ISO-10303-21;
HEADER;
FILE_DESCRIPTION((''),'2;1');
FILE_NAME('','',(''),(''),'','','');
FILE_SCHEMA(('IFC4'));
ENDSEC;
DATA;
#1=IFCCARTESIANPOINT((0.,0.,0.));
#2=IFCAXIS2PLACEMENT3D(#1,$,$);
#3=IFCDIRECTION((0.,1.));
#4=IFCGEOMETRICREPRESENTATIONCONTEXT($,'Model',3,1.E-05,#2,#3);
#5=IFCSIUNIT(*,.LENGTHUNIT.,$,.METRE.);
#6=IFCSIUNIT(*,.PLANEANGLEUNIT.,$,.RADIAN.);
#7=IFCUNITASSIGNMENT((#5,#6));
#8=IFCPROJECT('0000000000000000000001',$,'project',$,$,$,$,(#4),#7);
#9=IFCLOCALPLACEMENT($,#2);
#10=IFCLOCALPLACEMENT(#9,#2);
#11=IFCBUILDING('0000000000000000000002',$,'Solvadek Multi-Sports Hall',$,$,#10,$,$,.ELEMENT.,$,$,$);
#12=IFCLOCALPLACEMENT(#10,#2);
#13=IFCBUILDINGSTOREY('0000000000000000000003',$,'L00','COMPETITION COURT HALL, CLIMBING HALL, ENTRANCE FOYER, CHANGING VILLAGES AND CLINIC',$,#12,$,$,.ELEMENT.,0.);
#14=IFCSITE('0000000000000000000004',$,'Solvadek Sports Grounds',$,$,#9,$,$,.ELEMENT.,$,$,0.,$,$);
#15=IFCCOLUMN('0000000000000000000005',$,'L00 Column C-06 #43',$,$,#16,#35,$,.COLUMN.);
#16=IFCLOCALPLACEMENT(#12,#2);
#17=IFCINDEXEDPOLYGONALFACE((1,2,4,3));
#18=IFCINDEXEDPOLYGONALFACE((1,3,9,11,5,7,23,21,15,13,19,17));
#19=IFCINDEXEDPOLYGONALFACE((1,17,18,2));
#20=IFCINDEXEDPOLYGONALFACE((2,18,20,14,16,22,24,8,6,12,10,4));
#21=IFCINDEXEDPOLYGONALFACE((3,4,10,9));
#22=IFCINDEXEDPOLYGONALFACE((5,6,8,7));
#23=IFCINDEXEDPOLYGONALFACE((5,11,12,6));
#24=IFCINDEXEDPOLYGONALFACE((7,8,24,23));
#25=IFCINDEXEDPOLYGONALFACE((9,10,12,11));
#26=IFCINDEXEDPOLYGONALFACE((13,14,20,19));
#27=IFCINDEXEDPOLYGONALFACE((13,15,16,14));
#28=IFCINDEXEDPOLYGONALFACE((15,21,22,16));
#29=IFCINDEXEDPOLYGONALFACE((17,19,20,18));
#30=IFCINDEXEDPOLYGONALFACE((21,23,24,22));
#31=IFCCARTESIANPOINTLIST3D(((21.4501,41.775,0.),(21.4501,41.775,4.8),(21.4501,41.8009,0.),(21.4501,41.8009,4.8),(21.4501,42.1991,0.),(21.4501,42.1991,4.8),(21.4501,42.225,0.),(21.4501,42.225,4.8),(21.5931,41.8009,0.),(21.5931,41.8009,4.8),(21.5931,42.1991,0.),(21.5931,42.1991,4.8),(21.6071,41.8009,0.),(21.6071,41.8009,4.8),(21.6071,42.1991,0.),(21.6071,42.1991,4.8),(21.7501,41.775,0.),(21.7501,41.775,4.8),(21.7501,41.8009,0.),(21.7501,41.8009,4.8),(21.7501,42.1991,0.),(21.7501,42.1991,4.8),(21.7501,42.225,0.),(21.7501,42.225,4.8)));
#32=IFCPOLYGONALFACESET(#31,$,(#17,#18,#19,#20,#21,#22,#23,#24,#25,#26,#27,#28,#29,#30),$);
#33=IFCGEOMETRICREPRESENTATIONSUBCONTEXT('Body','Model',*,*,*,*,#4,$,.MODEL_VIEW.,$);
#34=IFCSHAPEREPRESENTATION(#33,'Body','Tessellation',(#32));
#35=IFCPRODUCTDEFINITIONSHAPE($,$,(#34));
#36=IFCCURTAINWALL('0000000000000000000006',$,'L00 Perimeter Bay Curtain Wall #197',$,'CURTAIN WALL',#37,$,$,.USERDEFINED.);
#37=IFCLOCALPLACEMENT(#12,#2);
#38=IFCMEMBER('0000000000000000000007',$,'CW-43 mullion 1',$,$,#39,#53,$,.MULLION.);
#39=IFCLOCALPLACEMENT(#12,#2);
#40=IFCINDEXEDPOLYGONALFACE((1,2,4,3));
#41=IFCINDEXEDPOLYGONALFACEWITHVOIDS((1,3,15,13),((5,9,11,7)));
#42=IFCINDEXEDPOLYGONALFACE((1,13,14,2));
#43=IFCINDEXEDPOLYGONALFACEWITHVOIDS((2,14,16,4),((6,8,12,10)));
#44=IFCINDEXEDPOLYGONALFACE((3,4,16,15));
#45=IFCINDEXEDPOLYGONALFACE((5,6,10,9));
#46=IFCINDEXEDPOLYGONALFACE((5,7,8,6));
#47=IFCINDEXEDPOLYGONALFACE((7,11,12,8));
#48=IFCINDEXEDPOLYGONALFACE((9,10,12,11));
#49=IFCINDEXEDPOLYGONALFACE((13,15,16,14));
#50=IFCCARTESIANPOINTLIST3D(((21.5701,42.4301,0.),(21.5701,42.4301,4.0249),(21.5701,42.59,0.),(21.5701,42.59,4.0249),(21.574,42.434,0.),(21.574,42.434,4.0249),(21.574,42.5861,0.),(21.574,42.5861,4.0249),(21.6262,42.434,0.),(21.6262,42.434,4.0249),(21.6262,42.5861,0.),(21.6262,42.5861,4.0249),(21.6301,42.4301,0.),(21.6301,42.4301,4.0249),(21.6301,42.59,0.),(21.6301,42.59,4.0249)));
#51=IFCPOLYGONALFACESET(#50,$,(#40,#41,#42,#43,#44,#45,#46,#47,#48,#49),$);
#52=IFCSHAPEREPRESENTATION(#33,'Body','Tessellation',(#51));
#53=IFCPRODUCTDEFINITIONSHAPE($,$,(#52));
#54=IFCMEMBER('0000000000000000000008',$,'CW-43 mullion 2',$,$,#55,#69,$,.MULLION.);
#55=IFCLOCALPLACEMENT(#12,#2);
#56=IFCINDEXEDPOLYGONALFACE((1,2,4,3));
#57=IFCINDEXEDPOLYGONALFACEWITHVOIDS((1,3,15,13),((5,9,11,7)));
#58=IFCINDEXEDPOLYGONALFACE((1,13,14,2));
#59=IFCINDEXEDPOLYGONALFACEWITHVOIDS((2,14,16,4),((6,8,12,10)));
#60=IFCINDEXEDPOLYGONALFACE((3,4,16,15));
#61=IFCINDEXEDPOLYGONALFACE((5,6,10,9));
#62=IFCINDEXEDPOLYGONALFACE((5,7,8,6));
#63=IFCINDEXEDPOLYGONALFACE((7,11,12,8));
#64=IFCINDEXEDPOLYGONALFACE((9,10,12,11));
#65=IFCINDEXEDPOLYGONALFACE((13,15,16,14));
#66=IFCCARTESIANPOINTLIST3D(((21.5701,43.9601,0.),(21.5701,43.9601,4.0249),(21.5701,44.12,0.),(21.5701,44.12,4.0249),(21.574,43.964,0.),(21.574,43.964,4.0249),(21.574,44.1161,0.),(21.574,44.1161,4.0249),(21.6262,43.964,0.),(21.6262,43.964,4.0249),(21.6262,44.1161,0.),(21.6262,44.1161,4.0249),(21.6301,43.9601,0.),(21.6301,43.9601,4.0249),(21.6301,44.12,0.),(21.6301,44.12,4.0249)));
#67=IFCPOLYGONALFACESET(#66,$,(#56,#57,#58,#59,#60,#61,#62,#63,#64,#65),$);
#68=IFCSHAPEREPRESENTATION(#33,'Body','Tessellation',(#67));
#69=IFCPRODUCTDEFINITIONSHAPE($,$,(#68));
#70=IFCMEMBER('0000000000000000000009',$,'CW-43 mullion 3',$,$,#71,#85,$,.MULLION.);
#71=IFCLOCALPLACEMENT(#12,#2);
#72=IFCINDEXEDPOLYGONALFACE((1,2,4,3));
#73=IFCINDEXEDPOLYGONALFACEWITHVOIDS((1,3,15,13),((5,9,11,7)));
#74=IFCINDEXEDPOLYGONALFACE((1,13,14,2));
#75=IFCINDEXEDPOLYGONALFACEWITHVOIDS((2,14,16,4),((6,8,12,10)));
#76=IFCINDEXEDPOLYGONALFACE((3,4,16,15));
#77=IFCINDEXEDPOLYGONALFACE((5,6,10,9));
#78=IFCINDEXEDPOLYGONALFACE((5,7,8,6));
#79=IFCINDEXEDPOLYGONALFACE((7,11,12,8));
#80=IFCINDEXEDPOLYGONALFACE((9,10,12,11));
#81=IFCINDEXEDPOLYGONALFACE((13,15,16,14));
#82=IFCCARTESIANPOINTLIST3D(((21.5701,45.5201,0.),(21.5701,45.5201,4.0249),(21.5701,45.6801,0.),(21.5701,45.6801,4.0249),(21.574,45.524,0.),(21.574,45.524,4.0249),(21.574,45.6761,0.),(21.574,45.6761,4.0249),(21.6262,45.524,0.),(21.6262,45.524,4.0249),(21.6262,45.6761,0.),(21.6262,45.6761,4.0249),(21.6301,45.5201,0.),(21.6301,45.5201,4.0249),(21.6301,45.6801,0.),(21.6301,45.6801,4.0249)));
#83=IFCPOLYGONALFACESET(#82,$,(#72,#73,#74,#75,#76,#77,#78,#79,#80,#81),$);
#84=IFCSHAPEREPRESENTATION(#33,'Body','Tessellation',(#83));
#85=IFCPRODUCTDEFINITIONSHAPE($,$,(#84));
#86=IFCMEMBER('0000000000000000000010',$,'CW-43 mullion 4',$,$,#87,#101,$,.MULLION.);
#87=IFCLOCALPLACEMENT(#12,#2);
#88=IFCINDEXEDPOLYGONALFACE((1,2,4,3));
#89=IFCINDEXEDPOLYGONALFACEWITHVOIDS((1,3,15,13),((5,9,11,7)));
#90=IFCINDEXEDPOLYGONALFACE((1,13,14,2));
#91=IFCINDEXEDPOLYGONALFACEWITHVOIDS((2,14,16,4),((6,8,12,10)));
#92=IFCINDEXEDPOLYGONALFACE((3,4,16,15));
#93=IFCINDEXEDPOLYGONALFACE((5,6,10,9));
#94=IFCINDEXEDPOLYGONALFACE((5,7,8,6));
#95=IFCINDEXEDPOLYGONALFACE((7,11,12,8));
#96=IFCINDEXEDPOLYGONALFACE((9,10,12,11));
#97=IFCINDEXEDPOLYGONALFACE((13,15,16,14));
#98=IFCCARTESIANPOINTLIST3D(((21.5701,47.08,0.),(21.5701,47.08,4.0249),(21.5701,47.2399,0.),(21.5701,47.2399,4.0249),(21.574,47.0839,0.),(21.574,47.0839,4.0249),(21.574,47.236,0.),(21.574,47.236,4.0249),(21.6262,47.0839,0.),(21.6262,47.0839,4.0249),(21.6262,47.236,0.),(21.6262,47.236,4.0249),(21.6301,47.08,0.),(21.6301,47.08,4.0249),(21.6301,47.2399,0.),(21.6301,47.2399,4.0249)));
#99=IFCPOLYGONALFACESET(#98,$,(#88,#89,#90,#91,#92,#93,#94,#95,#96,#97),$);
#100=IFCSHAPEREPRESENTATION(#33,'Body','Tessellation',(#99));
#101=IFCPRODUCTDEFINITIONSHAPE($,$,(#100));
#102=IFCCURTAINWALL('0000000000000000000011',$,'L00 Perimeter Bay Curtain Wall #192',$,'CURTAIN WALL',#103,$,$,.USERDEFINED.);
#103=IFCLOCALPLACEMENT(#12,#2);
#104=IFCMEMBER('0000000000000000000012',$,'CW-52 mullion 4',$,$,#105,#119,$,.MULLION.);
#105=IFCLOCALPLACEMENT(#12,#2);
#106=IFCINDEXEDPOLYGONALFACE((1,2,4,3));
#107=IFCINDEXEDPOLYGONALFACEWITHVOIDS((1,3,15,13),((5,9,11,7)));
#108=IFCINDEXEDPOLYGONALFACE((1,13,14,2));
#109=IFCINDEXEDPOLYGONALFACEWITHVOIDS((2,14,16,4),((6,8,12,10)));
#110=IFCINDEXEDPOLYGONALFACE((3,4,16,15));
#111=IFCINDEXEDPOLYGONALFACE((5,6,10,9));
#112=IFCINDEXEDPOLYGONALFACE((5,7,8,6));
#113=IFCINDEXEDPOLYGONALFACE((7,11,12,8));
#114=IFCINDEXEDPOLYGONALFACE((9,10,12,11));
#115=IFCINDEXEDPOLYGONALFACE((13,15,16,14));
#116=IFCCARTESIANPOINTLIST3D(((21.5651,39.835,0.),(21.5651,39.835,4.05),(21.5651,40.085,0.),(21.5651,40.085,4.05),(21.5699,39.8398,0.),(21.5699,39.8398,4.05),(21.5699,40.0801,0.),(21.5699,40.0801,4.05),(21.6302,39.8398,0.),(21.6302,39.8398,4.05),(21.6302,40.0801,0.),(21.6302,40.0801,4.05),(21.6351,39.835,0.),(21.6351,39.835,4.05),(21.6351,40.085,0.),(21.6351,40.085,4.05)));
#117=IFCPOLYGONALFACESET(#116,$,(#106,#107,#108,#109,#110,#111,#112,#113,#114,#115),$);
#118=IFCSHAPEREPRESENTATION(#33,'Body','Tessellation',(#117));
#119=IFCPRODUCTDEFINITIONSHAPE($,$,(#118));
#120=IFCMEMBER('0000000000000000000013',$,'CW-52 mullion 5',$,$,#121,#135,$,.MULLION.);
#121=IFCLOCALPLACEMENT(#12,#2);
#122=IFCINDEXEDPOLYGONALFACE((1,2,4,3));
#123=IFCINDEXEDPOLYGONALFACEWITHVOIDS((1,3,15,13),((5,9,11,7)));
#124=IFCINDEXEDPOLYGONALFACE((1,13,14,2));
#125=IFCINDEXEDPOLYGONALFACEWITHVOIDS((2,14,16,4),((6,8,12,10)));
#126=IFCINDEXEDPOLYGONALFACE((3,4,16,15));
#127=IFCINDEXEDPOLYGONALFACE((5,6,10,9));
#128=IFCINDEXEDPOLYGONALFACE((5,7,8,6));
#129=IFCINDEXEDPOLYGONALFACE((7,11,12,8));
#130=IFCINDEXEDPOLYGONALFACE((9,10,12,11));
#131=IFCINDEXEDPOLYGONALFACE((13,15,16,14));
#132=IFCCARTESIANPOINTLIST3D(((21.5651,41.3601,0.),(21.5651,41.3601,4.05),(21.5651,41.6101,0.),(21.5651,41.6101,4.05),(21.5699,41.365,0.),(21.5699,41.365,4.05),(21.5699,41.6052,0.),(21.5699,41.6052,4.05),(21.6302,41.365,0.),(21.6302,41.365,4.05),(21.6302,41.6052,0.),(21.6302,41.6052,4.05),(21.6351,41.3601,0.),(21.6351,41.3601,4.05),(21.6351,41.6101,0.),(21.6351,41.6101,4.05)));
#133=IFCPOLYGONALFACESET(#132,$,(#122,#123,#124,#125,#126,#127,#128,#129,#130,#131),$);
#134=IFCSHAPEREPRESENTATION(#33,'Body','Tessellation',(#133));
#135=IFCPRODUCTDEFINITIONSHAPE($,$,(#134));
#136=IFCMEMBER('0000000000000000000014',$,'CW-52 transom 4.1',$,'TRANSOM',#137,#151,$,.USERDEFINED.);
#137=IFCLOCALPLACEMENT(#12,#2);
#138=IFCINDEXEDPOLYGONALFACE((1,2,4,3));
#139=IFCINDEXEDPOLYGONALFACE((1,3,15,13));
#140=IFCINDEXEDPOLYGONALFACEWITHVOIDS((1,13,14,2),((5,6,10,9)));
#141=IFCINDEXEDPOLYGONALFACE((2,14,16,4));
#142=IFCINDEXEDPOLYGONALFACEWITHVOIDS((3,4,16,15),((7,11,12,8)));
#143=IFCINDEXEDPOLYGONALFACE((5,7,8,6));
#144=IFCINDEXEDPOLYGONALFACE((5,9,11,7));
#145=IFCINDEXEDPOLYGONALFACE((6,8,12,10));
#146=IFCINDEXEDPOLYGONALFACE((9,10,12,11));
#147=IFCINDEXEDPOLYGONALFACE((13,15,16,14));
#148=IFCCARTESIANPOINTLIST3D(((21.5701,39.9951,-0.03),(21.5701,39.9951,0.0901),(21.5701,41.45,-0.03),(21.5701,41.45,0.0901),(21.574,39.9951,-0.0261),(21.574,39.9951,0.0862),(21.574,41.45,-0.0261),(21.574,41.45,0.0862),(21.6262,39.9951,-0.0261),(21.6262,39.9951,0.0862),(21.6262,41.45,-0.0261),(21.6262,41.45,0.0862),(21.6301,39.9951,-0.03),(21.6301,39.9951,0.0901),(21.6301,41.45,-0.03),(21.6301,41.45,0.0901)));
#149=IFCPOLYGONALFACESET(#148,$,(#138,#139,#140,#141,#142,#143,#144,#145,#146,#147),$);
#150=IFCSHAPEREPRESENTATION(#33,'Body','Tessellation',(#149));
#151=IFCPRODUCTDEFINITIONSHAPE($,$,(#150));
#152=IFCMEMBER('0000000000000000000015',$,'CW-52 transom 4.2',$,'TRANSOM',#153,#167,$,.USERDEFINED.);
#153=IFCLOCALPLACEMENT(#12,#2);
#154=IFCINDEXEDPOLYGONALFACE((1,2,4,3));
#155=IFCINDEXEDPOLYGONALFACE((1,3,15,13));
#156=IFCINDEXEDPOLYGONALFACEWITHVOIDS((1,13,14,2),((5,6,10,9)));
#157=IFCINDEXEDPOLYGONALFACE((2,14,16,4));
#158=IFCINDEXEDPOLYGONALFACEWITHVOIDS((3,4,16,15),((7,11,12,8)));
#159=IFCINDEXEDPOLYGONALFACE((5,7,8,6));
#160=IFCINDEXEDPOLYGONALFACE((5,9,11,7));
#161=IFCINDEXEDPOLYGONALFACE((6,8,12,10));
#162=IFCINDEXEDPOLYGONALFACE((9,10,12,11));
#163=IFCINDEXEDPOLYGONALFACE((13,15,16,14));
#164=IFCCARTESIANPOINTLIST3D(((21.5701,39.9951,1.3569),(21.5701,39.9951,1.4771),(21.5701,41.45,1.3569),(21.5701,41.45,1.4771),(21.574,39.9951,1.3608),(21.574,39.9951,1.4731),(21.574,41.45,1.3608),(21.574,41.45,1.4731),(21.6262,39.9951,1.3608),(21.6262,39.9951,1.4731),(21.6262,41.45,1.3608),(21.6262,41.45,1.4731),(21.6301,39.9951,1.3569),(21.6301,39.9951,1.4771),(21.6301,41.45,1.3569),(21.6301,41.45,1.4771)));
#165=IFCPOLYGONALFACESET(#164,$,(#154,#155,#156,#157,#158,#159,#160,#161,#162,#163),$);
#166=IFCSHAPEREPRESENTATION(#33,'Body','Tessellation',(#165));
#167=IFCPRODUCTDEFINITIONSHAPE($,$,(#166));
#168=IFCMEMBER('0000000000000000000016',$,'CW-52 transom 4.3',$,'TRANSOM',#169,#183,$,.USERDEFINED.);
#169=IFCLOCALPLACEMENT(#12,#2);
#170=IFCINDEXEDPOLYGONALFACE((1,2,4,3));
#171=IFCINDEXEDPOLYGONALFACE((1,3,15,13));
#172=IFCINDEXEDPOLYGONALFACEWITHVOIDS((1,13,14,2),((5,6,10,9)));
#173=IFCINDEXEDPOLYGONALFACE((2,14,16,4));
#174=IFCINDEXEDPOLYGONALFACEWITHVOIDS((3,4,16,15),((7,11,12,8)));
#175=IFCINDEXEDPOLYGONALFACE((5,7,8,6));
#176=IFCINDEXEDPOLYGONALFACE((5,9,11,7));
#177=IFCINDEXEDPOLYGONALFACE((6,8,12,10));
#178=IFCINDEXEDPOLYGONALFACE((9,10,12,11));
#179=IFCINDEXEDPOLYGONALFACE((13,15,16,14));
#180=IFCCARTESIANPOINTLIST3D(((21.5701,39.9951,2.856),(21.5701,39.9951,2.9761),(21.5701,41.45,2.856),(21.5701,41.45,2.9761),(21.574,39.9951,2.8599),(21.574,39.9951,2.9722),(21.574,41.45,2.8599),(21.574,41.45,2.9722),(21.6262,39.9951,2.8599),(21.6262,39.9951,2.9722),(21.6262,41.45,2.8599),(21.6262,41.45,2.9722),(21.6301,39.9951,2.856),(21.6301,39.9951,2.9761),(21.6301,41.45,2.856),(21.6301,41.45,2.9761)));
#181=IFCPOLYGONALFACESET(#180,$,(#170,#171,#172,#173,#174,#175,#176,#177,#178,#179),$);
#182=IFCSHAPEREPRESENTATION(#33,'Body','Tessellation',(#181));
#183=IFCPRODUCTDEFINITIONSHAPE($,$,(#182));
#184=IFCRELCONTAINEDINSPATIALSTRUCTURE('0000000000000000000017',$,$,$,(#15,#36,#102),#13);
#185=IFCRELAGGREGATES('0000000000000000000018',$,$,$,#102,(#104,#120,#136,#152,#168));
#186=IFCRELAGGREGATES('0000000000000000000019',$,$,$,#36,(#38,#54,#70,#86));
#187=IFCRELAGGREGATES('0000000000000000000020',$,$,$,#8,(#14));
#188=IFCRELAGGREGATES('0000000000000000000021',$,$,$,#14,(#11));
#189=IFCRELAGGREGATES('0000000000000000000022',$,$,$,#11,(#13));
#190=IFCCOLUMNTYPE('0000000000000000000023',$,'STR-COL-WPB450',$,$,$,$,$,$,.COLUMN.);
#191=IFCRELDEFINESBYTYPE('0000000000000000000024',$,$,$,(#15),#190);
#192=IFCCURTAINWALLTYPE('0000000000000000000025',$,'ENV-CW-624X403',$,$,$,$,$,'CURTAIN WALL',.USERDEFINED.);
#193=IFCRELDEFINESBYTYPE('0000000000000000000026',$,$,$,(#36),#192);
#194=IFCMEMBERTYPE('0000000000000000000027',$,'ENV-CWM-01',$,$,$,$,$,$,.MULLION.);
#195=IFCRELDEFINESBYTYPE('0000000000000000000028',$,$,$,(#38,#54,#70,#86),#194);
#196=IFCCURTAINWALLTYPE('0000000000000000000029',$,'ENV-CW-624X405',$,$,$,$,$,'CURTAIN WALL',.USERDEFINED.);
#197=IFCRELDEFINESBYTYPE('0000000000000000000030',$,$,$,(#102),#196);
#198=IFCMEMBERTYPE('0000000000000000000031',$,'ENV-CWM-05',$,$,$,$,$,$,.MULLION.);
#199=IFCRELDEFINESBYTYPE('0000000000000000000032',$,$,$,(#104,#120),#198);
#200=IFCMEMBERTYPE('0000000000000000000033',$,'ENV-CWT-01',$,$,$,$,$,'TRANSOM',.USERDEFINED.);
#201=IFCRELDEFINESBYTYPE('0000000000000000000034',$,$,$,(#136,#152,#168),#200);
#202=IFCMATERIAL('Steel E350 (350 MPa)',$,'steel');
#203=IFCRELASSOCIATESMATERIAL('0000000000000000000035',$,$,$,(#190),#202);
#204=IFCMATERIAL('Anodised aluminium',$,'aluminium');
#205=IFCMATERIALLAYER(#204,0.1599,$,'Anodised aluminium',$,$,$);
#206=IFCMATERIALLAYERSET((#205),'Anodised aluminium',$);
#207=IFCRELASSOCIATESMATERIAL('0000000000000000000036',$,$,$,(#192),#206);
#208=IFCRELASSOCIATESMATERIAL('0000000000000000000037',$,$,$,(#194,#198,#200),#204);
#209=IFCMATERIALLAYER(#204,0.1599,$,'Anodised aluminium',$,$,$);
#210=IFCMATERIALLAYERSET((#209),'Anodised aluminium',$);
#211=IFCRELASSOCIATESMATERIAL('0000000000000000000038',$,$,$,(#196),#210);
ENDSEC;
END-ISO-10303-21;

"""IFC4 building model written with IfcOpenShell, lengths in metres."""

from ifc_helpers import new_model, si_unit, direction, frame, origin, origin_2d, place, context, subcontext, project, spatial, hollow_rectangle, i_section, extrude, material, layer, layer_set, material_profile, profile_set, type_object, element, aggregate, save


model = new_model("IFC4")

# Units and contexts
model_context = context("Model", 3, precision=1e-05, world=origin(), true_north=direction((0.0, 1.0)))
body_context = subcontext(model_context, "Body", "Model", "MODEL_VIEW")
ifc_project = project(units=[si_unit("LENGTHUNIT", "METRE"), si_unit("PLANEANGLEUNIT", "RADIAN")], contexts=[model_context])

# Site, building, storey
site_placement = place(None, origin())
site = spatial("IfcSite", under=ifc_project, at=site_placement, Name="Solvadek Sports Grounds", CompositionType="ELEMENT", RefElevation=0.0)
building_placement = place(site_placement, origin())
building = spatial("IfcBuilding", under=site, at=building_placement, Name="Solvadek Multi-Sports Hall", CompositionType="ELEMENT")
storey_placement = place(building_placement, origin())
storey = spatial("IfcBuildingStorey", under=building, at=storey_placement, Name="L00", Description="COMPETITION COURT HALL, CLIMBING HALL, ENTRANCE FOYER, CHANGING VILLAGES AND CLINIC", CompositionType="ELEMENT", Elevation=0.0)

# Column
ifc_material_1 = material(Name="Steel E350 (350 MPa)", Category="steel")
ifc_material_profile_1 = material_profile(ifc_material_1, i_section(OverallWidth=0.3, OverallDepth=0.45, WebThickness=0.0139, FlangeThickness=0.0259, at=origin_2d()), Name="WPB 450")
ifc_profile_set_1 = profile_set([ifc_material_profile_1], Name="Steel E350 (350 MPa)")
column_type = type_object("IfcColumnType", Name="STR-COL-WPB450", PredefinedType="COLUMN", material=ifc_profile_set_1)
column_placement = place(storey_placement, frame((21.6001, 42.0, 0.0), z_axis=(0.0, 0.0, 1.0), x_axis=(1.0, 0.0, 0.0)))
element("IfcColumn", 1, at=column_placement, inside=storey, type_object=column_type, Name="L00 Column C-06 #43", PredefinedType="COLUMN", context=body_context, shape_type="SweptSolid", body=[
    extrude(i_section(OverallWidth=0.3, OverallDepth=0.45, WebThickness=0.0139, FlangeThickness=0.0259, at=origin_2d()), origin(), (0.0, 0.0, 1.0), 4.8),
])

# Curtain walls, members
ifc_material_2 = material(Name="Anodised aluminium", Category="aluminium")
ifc_layer_1 = layer(ifc_material_2, 0.1599, Name="Anodised aluminium")
ifc_layer_set_1 = layer_set([ifc_layer_1], Name="Anodised aluminium")
curtain_wall_type_1 = type_object("IfcCurtainWallType", Name="ENV-CW-624X403", ElementType="CURTAIN WALL", PredefinedType="USERDEFINED", material=ifc_layer_set_1)
curtain_wall_1_placement = place(storey_placement, origin())
curtain_wall_1 = element("IfcCurtainWall", 2, at=curtain_wall_1_placement, inside=storey, type_object=curtain_wall_type_1, Name="L00 Perimeter Bay Curtain Wall #197", ObjectType="CURTAIN WALL", PredefinedType="USERDEFINED")
ifc_material_profile_2 = material_profile(ifc_material_2, hollow_rectangle(XDim=0.0601, YDim=0.1599, WallThickness=0.0039, at=origin_2d()), Name="ALU-M 160x60x4")
ifc_profile_set_2 = profile_set([ifc_material_profile_2], Name="Anodised aluminium")
member_type_1 = type_object("IfcMemberType", Name="ENV-CWM-01", PredefinedType="MULLION", material=ifc_profile_set_2)
member_1_placement = place(storey_placement, frame((21.6001, 42.51, 0.0), z_axis=(0.0, 0.0, 1.0), x_axis=(-1.0, 0.0, 0.0)))
member_1 = element("IfcMember", 3, at=member_1_placement, type_object=member_type_1, Name="CW-43 mullion 1", PredefinedType="MULLION", context=body_context, shape_type="SweptSolid", body=[
    extrude(hollow_rectangle(XDim=0.0601, YDim=0.1599, WallThickness=0.0039, at=origin_2d()), origin(), (0.0, 0.0, 1.0), 4.0249),
])
member_2_placement = place(storey_placement, frame((21.6001, 44.04, 0.0), z_axis=(0.0, 0.0, 1.0), x_axis=(-1.0, 0.0, 0.0)))
member_2 = element("IfcMember", 4, at=member_2_placement, type_object=member_type_1, Name="CW-43 mullion 2", PredefinedType="MULLION", context=body_context, shape_type="SweptSolid", body=[
    extrude(hollow_rectangle(XDim=0.0601, YDim=0.1599, WallThickness=0.0039, at=origin_2d()), origin(), (0.0, 0.0, 1.0), 4.0249),
])
member_3_placement = place(storey_placement, frame((21.6001, 45.6001, 0.0), z_axis=(0.0, 0.0, 1.0), x_axis=(-1.0, 0.0, 0.0)))
member_3 = element("IfcMember", 5, at=member_3_placement, type_object=member_type_1, Name="CW-43 mullion 3", PredefinedType="MULLION", context=body_context, shape_type="SweptSolid", body=[
    extrude(hollow_rectangle(XDim=0.0601, YDim=0.1599, WallThickness=0.0039, at=origin_2d()), origin(), (0.0, 0.0, 1.0), 4.0249),
])
member_4_placement = place(storey_placement, frame((21.6001, 47.1599, 0.0), z_axis=(0.0, 0.0, 1.0), x_axis=(-1.0, 0.0, 0.0)))
member_4 = element("IfcMember", 6, at=member_4_placement, type_object=member_type_1, Name="CW-43 mullion 4", PredefinedType="MULLION", context=body_context, shape_type="SweptSolid", body=[
    extrude(hollow_rectangle(XDim=0.0601, YDim=0.1599, WallThickness=0.0039, at=origin_2d()), origin(), (0.0, 0.0, 1.0), 4.0249),
])
ifc_layer_2 = layer(ifc_material_2, 0.1599, Name="Anodised aluminium")
ifc_layer_set_2 = layer_set([ifc_layer_2], Name="Anodised aluminium")
curtain_wall_type_2 = type_object("IfcCurtainWallType", Name="ENV-CW-624X405", ElementType="CURTAIN WALL", PredefinedType="USERDEFINED", material=ifc_layer_set_2)
curtain_wall_2_placement = place(storey_placement, origin())
curtain_wall_2 = element("IfcCurtainWall", 7, at=curtain_wall_2_placement, inside=storey, type_object=curtain_wall_type_2, Name="L00 Perimeter Bay Curtain Wall #192", ObjectType="CURTAIN WALL", PredefinedType="USERDEFINED")
ifc_material_profile_3 = material_profile(ifc_material_2, hollow_rectangle(XDim=0.0701, YDim=0.25, WallThickness=0.0049, at=origin_2d()), Name="ALU-M 250x70x5")
ifc_profile_set_3 = profile_set([ifc_material_profile_3], Name="Anodised aluminium")
member_type_2 = type_object("IfcMemberType", Name="ENV-CWM-05", PredefinedType="MULLION", material=ifc_profile_set_3)
member_5_placement = place(storey_placement, frame((21.6001, 39.96, 0.0), z_axis=(0.0, 0.0, 1.0), x_axis=(-1.0, 0.0, 0.0)))
member_5 = element("IfcMember", 8, at=member_5_placement, type_object=member_type_2, Name="CW-52 mullion 4", PredefinedType="MULLION", context=body_context, shape_type="SweptSolid", body=[
    extrude(hollow_rectangle(XDim=0.0701, YDim=0.25, WallThickness=0.0049, at=origin_2d()), origin(), (0.0, 0.0, 1.0), 4.05),
])
member_6_placement = place(storey_placement, frame((21.6001, 41.4851, 0.0), z_axis=(0.0, 0.0, 1.0), x_axis=(-1.0, 0.0, 0.0)))
member_6 = element("IfcMember", 9, at=member_6_placement, type_object=member_type_2, Name="CW-52 mullion 5", PredefinedType="MULLION", context=body_context, shape_type="SweptSolid", body=[
    extrude(hollow_rectangle(XDim=0.0701, YDim=0.25, WallThickness=0.0049, at=origin_2d()), origin(), (0.0, 0.0, 1.0), 4.05),
])
ifc_material_profile_4 = material_profile(ifc_material_2, hollow_rectangle(XDim=0.0601, YDim=0.1201, WallThickness=0.0039, at=origin_2d()), Name="ALU-T 120x60x4")
ifc_profile_set_4 = profile_set([ifc_material_profile_4], Name="Anodised aluminium")
member_type_3 = type_object("IfcMemberType", Name="ENV-CWT-01", ElementType="TRANSOM", PredefinedType="USERDEFINED", material=ifc_profile_set_4)
member_7_placement = place(storey_placement, frame((21.6001, 39.9951, 0.03), z_axis=(0.0, 1.0, 0.0), x_axis=(-1.0, 0.0, 0.0)))
member_7 = element("IfcMember", 10, at=member_7_placement, type_object=member_type_3, Name="CW-52 transom 4.1", ObjectType="TRANSOM", PredefinedType="USERDEFINED", context=body_context, shape_type="SweptSolid", body=[
    extrude(hollow_rectangle(XDim=0.0601, YDim=0.1201, WallThickness=0.0039, at=origin_2d()), origin(), (0.0, 0.0, 1.0), 1.4548),
])
member_8_placement = place(storey_placement, frame((21.6001, 39.9951, 1.417), z_axis=(0.0, 1.0, 0.0), x_axis=(-1.0, 0.0, 0.0)))
member_8 = element("IfcMember", 11, at=member_8_placement, type_object=member_type_3, Name="CW-52 transom 4.2", ObjectType="TRANSOM", PredefinedType="USERDEFINED", context=body_context, shape_type="SweptSolid", body=[
    extrude(hollow_rectangle(XDim=0.0601, YDim=0.1201, WallThickness=0.0039, at=origin_2d()), origin(), (0.0, 0.0, 1.0), 1.4548),
])
member_9_placement = place(storey_placement, frame((21.6001, 39.9951, 2.916), z_axis=(0.0, 1.0, 0.0), x_axis=(-1.0, 0.0, 0.0)))
member_9 = element("IfcMember", 12, at=member_9_placement, type_object=member_type_3, Name="CW-52 transom 4.3", ObjectType="TRANSOM", PredefinedType="USERDEFINED", context=body_context, shape_type="SweptSolid", body=[
    extrude(hollow_rectangle(XDim=0.0601, YDim=0.1201, WallThickness=0.0039, at=origin_2d()), origin(), (0.0, 0.0, 1.0), 1.4548),
])

aggregate(curtain_wall_2, [member_5, member_6, member_7, member_8, member_9])
aggregate(curtain_wall_1, [member_1, member_2, member_3, member_4])

save(model, "model.ifc")
